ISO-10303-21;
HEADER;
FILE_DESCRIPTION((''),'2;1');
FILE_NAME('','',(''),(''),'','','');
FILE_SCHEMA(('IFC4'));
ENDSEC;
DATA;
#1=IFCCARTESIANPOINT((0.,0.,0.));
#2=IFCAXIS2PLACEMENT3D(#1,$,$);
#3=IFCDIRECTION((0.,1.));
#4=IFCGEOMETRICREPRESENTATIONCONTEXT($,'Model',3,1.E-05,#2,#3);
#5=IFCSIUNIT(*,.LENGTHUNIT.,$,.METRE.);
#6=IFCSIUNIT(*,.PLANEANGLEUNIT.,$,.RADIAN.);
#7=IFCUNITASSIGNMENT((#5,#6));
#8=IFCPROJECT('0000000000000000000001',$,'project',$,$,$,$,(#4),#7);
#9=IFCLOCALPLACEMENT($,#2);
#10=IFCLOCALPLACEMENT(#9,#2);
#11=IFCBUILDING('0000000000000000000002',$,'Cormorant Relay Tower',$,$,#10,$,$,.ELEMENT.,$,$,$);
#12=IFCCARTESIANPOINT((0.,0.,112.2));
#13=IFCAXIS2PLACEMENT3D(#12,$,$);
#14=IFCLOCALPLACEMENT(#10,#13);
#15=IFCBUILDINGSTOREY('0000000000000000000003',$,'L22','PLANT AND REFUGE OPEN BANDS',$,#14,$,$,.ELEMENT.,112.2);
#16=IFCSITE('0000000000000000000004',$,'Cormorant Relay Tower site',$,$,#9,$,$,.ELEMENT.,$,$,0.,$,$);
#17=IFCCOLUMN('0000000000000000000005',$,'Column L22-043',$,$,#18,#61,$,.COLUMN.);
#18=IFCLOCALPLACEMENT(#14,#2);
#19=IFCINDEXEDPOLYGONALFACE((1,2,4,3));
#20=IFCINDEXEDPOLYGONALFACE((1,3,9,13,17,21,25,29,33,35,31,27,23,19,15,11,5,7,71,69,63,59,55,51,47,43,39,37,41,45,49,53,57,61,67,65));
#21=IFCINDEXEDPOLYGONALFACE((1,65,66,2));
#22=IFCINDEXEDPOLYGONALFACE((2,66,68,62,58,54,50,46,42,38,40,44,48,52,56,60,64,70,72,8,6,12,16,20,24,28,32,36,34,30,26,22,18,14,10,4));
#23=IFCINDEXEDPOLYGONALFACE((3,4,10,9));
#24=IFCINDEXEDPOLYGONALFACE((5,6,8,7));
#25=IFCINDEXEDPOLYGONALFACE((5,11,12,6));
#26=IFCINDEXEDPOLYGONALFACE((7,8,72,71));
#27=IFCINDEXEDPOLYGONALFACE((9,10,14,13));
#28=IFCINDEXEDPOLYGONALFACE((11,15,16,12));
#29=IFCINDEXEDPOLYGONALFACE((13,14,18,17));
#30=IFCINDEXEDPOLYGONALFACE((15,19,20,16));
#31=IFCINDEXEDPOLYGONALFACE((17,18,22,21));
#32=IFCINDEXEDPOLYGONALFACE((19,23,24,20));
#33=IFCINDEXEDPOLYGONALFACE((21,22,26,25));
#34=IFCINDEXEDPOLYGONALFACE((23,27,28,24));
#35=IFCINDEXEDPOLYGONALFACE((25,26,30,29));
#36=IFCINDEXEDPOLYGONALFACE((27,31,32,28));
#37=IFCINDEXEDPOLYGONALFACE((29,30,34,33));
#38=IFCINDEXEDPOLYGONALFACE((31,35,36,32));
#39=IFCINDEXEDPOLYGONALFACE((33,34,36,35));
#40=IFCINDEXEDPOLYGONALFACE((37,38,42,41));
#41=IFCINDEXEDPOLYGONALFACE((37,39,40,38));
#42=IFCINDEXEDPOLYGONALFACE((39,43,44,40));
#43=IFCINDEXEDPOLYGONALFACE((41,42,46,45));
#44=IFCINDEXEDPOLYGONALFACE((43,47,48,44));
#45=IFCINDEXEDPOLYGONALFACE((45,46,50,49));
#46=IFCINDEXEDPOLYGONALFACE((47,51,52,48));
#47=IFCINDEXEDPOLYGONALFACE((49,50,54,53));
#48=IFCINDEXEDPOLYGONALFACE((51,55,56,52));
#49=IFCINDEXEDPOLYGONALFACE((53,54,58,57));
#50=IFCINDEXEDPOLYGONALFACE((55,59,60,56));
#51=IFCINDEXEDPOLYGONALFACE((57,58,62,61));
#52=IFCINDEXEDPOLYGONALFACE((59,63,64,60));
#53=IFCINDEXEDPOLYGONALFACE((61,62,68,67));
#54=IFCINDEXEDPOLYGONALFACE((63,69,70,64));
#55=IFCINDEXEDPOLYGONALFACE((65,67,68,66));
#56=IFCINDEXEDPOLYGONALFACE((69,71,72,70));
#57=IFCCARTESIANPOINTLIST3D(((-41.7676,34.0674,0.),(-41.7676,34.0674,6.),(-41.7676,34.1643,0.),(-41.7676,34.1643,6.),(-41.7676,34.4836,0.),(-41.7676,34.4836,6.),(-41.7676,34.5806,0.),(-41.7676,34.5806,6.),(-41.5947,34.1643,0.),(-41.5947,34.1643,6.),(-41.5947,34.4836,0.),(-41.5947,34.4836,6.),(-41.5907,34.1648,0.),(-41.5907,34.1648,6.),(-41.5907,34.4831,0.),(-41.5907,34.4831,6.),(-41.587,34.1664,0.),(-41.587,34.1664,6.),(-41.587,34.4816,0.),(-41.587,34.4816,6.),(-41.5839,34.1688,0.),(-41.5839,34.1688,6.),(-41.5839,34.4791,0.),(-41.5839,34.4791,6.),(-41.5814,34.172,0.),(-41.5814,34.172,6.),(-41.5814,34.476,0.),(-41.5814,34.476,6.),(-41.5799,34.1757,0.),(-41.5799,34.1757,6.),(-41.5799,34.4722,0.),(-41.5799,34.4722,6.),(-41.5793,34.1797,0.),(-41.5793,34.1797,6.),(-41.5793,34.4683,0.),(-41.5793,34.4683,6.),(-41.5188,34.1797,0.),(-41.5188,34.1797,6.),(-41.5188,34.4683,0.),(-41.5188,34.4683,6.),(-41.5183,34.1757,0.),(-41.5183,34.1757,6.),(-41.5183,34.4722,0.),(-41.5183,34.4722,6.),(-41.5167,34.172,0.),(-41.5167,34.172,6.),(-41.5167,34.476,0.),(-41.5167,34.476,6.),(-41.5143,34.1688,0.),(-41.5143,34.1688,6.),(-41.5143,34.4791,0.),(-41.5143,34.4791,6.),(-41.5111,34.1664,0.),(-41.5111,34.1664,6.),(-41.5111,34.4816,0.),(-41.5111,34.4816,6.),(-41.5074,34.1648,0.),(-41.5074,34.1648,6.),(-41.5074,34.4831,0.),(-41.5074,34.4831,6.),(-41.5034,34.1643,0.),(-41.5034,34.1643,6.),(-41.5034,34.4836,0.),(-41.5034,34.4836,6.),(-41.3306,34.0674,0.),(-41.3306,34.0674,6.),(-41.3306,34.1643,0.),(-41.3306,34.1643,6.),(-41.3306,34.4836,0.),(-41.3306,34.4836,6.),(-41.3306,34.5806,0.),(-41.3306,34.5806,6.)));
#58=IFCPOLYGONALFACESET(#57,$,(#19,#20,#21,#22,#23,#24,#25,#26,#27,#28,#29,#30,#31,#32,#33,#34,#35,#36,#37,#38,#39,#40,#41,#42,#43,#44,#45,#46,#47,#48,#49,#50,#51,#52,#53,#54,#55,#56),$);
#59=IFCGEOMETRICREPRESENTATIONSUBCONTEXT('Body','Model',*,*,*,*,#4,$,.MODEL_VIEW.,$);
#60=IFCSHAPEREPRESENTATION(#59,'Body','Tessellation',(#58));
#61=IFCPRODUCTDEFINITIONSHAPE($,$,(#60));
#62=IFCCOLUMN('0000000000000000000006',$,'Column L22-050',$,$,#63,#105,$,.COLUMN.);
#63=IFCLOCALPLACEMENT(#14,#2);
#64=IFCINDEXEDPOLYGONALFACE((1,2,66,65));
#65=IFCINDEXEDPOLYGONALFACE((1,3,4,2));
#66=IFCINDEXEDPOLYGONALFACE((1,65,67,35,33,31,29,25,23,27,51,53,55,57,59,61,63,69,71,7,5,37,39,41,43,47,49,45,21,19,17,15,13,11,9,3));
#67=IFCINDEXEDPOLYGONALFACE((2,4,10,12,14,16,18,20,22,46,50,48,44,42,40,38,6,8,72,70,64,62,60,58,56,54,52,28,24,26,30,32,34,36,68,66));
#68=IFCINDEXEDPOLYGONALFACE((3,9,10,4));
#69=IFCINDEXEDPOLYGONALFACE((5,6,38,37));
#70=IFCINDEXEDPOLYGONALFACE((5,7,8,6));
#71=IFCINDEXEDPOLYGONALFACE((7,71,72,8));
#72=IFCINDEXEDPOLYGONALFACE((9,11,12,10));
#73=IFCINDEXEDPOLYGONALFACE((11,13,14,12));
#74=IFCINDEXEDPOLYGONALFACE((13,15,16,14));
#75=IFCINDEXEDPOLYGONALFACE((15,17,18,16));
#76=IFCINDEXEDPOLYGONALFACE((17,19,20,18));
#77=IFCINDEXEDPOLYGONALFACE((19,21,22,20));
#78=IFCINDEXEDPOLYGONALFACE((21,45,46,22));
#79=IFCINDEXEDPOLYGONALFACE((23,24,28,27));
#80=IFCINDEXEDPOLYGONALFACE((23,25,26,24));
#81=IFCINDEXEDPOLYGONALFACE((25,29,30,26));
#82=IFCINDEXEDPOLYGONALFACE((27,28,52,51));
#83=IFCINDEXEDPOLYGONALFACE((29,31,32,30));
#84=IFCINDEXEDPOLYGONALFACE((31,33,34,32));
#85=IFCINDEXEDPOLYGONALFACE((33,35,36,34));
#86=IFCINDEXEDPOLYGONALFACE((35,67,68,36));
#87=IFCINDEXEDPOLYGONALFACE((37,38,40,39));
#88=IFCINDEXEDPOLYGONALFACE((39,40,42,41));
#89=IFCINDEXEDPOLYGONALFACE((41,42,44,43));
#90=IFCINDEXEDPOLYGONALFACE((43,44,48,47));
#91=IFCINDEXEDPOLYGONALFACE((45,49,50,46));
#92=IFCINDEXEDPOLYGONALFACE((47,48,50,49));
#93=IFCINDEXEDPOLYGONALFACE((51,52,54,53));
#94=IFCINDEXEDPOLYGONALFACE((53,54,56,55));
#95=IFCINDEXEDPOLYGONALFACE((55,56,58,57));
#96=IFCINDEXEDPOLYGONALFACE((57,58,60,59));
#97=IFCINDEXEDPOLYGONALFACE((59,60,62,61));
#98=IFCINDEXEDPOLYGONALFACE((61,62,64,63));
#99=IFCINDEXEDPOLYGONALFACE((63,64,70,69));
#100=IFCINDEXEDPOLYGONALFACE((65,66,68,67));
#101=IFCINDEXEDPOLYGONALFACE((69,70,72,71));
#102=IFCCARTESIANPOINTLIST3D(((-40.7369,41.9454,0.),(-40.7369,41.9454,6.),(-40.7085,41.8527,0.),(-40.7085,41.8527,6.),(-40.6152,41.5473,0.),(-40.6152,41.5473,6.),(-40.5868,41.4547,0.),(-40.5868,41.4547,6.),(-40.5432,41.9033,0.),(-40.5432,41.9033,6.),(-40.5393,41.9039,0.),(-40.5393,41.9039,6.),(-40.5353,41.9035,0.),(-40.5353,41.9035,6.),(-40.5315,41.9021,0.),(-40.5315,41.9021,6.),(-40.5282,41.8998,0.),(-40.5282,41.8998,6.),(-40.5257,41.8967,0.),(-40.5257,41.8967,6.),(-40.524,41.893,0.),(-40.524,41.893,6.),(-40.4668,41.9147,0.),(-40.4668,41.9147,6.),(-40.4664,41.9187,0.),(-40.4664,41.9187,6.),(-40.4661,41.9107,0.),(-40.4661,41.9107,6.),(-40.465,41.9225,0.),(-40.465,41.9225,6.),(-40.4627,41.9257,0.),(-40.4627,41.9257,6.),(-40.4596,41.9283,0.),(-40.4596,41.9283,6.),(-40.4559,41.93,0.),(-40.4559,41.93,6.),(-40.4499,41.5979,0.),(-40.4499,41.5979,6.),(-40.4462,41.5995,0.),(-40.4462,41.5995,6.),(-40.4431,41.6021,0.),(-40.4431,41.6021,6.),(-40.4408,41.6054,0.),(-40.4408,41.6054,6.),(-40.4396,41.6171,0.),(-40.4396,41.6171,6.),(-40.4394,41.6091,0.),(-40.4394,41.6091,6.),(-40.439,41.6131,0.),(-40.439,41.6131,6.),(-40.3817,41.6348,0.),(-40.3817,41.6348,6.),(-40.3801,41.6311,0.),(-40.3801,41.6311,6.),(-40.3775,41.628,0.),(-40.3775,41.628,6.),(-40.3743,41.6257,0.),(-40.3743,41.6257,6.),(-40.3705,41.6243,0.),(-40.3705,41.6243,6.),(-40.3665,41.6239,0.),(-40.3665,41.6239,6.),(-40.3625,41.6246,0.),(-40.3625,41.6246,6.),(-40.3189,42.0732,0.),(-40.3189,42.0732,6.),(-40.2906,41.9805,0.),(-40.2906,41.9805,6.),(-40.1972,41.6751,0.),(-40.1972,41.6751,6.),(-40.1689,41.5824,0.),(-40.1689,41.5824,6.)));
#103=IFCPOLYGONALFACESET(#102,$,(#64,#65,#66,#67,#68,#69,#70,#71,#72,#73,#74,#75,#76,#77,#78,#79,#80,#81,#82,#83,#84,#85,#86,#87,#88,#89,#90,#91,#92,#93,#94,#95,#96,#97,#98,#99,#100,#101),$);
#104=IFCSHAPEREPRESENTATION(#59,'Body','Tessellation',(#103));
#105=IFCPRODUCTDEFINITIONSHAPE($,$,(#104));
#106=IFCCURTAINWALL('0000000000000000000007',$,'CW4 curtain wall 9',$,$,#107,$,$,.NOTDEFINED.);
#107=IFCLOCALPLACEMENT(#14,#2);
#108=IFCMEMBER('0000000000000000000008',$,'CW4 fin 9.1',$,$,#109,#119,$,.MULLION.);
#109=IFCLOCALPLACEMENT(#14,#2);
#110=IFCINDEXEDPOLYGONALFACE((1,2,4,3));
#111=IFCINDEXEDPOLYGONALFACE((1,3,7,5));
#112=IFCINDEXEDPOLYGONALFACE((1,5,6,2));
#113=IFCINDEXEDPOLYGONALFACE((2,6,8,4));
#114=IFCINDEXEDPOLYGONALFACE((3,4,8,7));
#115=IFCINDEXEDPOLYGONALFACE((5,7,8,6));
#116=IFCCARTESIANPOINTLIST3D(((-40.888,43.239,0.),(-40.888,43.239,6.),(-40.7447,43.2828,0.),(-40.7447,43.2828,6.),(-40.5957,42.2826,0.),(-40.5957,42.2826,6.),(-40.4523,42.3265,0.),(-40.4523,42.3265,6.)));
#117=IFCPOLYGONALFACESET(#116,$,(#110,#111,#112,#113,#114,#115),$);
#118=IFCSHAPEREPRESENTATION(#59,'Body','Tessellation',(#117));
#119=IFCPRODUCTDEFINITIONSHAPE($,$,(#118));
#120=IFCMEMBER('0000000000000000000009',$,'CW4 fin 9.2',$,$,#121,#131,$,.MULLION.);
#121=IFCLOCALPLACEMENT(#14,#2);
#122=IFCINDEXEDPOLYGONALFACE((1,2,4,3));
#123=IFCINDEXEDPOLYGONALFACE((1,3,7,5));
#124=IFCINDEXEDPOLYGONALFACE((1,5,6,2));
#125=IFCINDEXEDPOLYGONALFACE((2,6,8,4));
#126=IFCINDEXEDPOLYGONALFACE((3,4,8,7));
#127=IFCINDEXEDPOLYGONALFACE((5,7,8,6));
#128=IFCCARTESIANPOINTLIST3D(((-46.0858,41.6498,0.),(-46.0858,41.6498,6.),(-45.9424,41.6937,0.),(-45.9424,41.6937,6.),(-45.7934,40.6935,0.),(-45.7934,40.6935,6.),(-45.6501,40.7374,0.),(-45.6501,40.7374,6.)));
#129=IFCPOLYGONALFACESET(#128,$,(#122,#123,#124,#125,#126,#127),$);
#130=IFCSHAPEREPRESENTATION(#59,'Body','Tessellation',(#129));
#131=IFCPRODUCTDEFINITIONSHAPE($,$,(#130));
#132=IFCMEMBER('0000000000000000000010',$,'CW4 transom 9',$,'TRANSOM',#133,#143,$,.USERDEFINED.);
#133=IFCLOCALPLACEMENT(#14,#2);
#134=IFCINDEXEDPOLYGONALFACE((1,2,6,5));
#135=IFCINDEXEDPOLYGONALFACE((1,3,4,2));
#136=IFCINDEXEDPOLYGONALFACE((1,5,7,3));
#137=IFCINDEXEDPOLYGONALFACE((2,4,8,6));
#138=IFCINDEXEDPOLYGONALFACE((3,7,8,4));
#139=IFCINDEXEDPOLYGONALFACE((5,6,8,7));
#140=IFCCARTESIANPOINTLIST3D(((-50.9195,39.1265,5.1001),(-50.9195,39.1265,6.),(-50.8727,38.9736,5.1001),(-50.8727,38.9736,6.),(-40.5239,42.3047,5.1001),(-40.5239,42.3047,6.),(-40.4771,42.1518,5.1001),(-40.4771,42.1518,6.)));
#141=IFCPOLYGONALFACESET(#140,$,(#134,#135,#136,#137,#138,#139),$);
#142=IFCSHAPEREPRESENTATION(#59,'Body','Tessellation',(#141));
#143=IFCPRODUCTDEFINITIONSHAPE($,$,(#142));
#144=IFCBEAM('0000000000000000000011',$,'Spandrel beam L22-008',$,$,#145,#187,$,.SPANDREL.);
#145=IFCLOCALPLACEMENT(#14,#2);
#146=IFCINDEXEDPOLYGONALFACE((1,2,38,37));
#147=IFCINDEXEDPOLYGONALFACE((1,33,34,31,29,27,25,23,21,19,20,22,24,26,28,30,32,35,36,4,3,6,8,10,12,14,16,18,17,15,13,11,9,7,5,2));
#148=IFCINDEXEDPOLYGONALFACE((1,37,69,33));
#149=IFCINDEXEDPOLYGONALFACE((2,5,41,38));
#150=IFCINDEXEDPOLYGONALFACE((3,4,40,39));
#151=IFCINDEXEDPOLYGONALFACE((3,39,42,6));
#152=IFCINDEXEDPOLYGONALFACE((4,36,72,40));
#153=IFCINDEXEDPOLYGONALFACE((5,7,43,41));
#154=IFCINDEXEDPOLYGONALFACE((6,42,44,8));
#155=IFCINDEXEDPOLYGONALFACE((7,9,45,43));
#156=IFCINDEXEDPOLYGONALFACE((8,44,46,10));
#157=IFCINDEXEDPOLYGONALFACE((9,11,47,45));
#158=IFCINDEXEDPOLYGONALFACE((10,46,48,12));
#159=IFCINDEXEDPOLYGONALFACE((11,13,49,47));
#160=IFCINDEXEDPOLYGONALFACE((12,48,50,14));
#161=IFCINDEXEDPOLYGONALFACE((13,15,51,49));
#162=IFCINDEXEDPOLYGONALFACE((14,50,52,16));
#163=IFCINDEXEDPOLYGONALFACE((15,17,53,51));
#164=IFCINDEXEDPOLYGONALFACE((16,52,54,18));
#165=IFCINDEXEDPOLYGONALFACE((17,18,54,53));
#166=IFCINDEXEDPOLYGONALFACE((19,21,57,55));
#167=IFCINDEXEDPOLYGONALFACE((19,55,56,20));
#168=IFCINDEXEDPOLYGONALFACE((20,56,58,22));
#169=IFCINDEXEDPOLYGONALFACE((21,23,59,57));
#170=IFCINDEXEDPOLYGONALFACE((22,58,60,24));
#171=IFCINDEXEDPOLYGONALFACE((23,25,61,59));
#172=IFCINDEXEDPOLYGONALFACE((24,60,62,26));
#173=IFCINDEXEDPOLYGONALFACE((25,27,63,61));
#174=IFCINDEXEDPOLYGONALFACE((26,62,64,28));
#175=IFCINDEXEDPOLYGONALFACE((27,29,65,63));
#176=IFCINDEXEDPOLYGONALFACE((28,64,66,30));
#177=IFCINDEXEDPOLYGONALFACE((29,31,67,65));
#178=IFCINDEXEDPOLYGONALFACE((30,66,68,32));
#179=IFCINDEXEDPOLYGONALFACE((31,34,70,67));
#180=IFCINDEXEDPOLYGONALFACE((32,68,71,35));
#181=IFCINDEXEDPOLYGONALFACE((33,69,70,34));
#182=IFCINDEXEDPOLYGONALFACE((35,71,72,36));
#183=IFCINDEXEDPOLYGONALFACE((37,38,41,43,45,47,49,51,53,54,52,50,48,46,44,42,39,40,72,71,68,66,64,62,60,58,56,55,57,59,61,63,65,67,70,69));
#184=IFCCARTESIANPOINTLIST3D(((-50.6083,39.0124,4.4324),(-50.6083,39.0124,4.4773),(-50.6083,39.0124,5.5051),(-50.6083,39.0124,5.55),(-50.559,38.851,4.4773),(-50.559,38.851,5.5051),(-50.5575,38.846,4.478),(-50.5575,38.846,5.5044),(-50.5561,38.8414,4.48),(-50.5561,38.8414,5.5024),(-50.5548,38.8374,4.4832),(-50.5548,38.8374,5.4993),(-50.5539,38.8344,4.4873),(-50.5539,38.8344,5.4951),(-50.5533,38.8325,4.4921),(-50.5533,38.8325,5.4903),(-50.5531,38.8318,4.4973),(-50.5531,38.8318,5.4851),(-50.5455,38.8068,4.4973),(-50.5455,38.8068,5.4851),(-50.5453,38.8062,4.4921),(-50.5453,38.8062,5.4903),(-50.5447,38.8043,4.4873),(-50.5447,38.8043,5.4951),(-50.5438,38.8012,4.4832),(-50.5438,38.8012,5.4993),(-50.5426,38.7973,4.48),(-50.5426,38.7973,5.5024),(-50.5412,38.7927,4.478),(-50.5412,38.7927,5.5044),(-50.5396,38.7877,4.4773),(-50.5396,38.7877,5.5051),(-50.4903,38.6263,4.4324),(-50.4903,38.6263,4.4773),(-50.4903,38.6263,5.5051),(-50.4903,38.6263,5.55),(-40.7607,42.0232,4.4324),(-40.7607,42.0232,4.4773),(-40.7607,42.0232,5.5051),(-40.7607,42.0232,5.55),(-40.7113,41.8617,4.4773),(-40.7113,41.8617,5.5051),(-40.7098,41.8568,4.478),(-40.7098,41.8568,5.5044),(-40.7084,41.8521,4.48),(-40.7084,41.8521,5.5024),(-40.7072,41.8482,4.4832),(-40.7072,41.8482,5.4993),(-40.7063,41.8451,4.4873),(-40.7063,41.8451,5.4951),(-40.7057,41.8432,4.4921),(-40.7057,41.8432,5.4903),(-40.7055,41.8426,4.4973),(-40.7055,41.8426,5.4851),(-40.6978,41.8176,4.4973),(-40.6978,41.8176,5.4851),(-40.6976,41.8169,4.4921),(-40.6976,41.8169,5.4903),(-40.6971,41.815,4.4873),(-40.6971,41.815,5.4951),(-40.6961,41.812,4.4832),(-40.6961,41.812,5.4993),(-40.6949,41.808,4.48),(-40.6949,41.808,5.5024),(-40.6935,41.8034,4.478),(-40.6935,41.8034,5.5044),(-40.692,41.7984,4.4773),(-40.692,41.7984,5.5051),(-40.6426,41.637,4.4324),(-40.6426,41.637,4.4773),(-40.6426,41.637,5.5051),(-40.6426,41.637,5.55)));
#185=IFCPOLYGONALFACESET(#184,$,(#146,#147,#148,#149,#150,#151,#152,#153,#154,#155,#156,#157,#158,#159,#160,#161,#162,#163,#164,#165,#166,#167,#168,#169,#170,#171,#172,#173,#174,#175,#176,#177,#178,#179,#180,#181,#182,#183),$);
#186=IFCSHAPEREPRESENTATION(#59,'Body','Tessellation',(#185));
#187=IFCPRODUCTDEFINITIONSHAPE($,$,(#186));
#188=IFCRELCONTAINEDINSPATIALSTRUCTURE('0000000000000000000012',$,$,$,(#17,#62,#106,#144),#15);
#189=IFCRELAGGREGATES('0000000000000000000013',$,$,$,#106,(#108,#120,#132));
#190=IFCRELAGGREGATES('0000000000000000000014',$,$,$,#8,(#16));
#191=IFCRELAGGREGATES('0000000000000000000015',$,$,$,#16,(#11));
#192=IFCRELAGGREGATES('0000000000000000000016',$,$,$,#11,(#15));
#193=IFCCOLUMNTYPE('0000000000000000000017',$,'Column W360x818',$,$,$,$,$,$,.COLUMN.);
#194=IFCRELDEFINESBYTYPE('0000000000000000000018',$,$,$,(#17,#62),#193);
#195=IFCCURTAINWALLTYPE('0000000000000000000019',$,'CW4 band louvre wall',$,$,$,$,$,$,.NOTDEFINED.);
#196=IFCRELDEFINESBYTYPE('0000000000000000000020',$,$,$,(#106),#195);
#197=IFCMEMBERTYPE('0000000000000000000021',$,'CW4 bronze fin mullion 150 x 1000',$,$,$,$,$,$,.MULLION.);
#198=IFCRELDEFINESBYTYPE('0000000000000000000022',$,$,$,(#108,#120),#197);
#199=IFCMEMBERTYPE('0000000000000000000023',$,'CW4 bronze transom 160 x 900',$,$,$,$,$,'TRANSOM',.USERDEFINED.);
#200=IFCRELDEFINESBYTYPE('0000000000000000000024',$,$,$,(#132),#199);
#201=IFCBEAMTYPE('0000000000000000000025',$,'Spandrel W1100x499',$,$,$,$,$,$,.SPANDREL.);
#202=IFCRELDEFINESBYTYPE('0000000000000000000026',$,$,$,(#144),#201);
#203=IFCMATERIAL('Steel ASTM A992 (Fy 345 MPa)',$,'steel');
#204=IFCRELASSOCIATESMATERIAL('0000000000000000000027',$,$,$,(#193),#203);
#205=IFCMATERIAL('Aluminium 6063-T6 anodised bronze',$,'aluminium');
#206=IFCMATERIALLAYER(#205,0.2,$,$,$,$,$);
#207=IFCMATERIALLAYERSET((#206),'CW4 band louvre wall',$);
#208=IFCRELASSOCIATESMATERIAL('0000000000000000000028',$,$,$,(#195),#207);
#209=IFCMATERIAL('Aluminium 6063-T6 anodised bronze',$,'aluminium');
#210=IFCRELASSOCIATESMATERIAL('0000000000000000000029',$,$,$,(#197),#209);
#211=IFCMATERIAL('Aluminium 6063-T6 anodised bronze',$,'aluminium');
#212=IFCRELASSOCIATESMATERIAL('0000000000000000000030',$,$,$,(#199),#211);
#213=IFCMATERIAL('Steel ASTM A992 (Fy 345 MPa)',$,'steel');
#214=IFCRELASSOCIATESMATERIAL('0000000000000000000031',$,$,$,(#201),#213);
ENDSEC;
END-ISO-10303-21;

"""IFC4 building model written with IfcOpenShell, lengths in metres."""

from ifc_helpers import new_model, si_unit, direction, frame, origin, origin_2d, place, context, subcontext, project, spatial, rectangle, i_section, extrude, material, layer, layer_set, material_profile, profile_set, type_object, element, aggregate, save


model = new_model("IFC4")

# Units and contexts
model_context = context("Model", 3, precision=1e-05, world=origin(), true_north=direction((0.0, 1.0)))
body_context = subcontext(model_context, "Body", "Model", "MODEL_VIEW")
ifc_project = project(units=[si_unit("LENGTHUNIT", "METRE"), si_unit("PLANEANGLEUNIT", "RADIAN")], contexts=[model_context])

# Site, building, storey
site_placement = place(None, origin())
site = spatial("IfcSite", under=ifc_project, at=site_placement, Name="Cormorant Relay Tower site", CompositionType="ELEMENT", RefElevation=0.0)
building_placement = place(site_placement, origin())
building = spatial("IfcBuilding", under=site, at=building_placement, Name="Cormorant Relay Tower", CompositionType="ELEMENT")
storey_placement = place(building_placement, frame((0.0, 0.0, 112.2)))
storey = spatial("IfcBuildingStorey", under=building, at=storey_placement, Name="L22", Description="PLANT AND REFUGE OPEN BANDS", CompositionType="ELEMENT", Elevation=112.2)

# Columns
ifc_material_1 = material(Name="Steel ASTM A992 (Fy 345 MPa)", Category="steel")
ifc_material_profile_1 = material_profile(ifc_material_1, i_section(OverallWidth=0.437, OverallDepth=0.5132, WebThickness=0.0605, FlangeThickness=0.0969, FilletRadius=0.0154, at=origin_2d()), Name="W360x818")
ifc_profile_set_1 = profile_set([ifc_material_profile_1], Name="Steel ASTM A992 (Fy 345 MPa)")
column_type = type_object("IfcColumnType", Name="Column W360x818", PredefinedType="COLUMN", material=ifc_profile_set_1)
for number, where, z_axis, x_axis, name in (
    (1, (-41.5491, 34.324, 0.0), (0.0, 0.0, 1.0), (1.0, 0.0, 0.0), "Column L22-043"),
    (2, (-40.4529, 41.7639, 0.0), (0.0, 0.0, 1.0), (-0.956305, -0.292372, 0.0), "Column L22-050"),
):
    element("IfcColumn", number, at=place(storey_placement, frame(where, z_axis=z_axis, x_axis=x_axis)), inside=storey, type_object=column_type, Name=name, PredefinedType="COLUMN", context=body_context, shape_type="SweptSolid", body=[
        extrude(i_section(OverallWidth=0.437, OverallDepth=0.5132, WebThickness=0.0605, FlangeThickness=0.0969, FilletRadius=0.0154, at=origin_2d()), origin(), (0.0, 0.0, 1.0), 6.0),
    ])

# Curtain wall, members
ifc_material_2 = material(Name="Aluminium 6063-T6 anodised bronze", Category="aluminium")
ifc_layer_1 = layer(ifc_material_2, 0.2)
ifc_layer_set_1 = layer_set([ifc_layer_1], Name="CW4 band louvre wall")
curtain_wall_type = type_object("IfcCurtainWallType", Name="CW4 band louvre wall", PredefinedType="NOTDEFINED", material=ifc_layer_set_1)
curtain_wall_1_placement = place(storey_placement, origin())
curtain_wall_1 = element("IfcCurtainWall", 3, at=curtain_wall_1_placement, inside=storey, type_object=curtain_wall_type, Name="CW4 curtain wall 9", PredefinedType="NOTDEFINED")
ifc_material_3 = material(Name="Aluminium 6063-T6 anodised bronze", Category="aluminium")
ifc_material_profile_2 = material_profile(ifc_material_3, rectangle(XDim=0.1499, YDim=1.0, at=origin_2d()), Name="AL 150x1000")
ifc_profile_set_2 = profile_set([ifc_material_profile_2], Name="Aluminium 6063-T6 anodised bronze")
member_type_1 = type_object("IfcMemberType", Name="CW4 bronze fin mullion 150 x 1000", PredefinedType="MULLION", material=ifc_profile_set_2)
member_1_placement = place(storey_placement, frame((-40.6702, 42.7827, 0.0), z_axis=(0.0, 0.0, 1.0), x_axis=(-0.956305, -0.292372, 0.0)))
member_1 = element("IfcMember", 4, at=member_1_placement, type_object=member_type_1, Name="CW4 fin 9.1", PredefinedType="MULLION", context=body_context, shape_type="SweptSolid", body=[
    extrude(rectangle(XDim=0.1499, YDim=1.0, at=origin_2d()), origin(), (0.0, 0.0, 1.0), 6.0),
])
member_2_placement = place(storey_placement, frame((-45.8679, 41.1936, 0.0), z_axis=(0.0, 0.0, 1.0), x_axis=(-0.956305, -0.292372, 0.0)))
member_2 = element("IfcMember", 5, at=member_2_placement, type_object=member_type_1, Name="CW4 fin 9.2", PredefinedType="MULLION", context=body_context, shape_type="SweptSolid", body=[
    extrude(rectangle(XDim=0.1499, YDim=1.0, at=origin_2d()), origin(), (0.0, 0.0, 1.0), 6.0),
])
ifc_material_4 = material(Name="Aluminium 6063-T6 anodised bronze", Category="aluminium")
ifc_material_profile_3 = material_profile(ifc_material_4, rectangle(XDim=0.1599, YDim=0.8999, at=origin_2d()), Name="AL 160x900")
ifc_profile_set_3 = profile_set([ifc_material_profile_3], Name="Aluminium 6063-T6 anodised bronze")
member_type_2 = type_object("IfcMemberType", Name="CW4 bronze transom 160 x 900", ElementType="TRANSOM", PredefinedType="USERDEFINED", material=ifc_profile_set_3)
member_3_placement = place(storey_placement, frame((-40.5005, 42.2283, 5.55), z_axis=(-0.956305, -0.292371, 0.0), x_axis=(0.292371, -0.956305, 0.0)))
member_3 = element("IfcMember", 6, at=member_3_placement, type_object=member_type_2, Name="CW4 transom 9", ObjectType="TRANSOM", PredefinedType="USERDEFINED", context=body_context, shape_type="SweptSolid", body=[
    extrude(rectangle(XDim=0.1599, YDim=0.8999, at=origin_2d()), origin(), (0.0, 0.0, 1.0), 10.8706),
])

# Beam
ifc_material_5 = material(Name="Steel ASTM A992 (Fy 345 MPa)", Category="steel")
ifc_material_profile_4 = material_profile(ifc_material_5, i_section(OverallWidth=0.4038, OverallDepth=1.1177, WebThickness=0.0261, FlangeThickness=0.0449, FilletRadius=0.02, at=origin_2d()), Name="W1100x499")
ifc_profile_set_4 = profile_set([ifc_material_profile_4], Name="Steel ASTM A992 (Fy 345 MPa)")
beam_type = type_object("IfcBeamType", Name="Spandrel W1100x499", PredefinedType="SPANDREL", material=ifc_profile_set_4)
beam_placement = place(storey_placement, frame((-40.7017, 41.8301, 4.9912), z_axis=(-0.956304, -0.292373, 0.0), x_axis=(0.292373, -0.956304, 0.0)))
element("IfcBeam", 7, at=beam_placement, inside=storey, type_object=beam_type, Name="Spandrel beam L22-008", PredefinedType="SPANDREL", context=body_context, shape_type="SweptSolid", body=[
    extrude(i_section(OverallWidth=0.4038, OverallDepth=1.1177, WebThickness=0.0261, FlangeThickness=0.0449, FilletRadius=0.02, at=origin_2d()), origin(), (0.0, 0.0, 1.0), 10.2976),
])

aggregate(curtain_wall_1, [member_1, member_2, member_3])

save(model, "model.ifc")
